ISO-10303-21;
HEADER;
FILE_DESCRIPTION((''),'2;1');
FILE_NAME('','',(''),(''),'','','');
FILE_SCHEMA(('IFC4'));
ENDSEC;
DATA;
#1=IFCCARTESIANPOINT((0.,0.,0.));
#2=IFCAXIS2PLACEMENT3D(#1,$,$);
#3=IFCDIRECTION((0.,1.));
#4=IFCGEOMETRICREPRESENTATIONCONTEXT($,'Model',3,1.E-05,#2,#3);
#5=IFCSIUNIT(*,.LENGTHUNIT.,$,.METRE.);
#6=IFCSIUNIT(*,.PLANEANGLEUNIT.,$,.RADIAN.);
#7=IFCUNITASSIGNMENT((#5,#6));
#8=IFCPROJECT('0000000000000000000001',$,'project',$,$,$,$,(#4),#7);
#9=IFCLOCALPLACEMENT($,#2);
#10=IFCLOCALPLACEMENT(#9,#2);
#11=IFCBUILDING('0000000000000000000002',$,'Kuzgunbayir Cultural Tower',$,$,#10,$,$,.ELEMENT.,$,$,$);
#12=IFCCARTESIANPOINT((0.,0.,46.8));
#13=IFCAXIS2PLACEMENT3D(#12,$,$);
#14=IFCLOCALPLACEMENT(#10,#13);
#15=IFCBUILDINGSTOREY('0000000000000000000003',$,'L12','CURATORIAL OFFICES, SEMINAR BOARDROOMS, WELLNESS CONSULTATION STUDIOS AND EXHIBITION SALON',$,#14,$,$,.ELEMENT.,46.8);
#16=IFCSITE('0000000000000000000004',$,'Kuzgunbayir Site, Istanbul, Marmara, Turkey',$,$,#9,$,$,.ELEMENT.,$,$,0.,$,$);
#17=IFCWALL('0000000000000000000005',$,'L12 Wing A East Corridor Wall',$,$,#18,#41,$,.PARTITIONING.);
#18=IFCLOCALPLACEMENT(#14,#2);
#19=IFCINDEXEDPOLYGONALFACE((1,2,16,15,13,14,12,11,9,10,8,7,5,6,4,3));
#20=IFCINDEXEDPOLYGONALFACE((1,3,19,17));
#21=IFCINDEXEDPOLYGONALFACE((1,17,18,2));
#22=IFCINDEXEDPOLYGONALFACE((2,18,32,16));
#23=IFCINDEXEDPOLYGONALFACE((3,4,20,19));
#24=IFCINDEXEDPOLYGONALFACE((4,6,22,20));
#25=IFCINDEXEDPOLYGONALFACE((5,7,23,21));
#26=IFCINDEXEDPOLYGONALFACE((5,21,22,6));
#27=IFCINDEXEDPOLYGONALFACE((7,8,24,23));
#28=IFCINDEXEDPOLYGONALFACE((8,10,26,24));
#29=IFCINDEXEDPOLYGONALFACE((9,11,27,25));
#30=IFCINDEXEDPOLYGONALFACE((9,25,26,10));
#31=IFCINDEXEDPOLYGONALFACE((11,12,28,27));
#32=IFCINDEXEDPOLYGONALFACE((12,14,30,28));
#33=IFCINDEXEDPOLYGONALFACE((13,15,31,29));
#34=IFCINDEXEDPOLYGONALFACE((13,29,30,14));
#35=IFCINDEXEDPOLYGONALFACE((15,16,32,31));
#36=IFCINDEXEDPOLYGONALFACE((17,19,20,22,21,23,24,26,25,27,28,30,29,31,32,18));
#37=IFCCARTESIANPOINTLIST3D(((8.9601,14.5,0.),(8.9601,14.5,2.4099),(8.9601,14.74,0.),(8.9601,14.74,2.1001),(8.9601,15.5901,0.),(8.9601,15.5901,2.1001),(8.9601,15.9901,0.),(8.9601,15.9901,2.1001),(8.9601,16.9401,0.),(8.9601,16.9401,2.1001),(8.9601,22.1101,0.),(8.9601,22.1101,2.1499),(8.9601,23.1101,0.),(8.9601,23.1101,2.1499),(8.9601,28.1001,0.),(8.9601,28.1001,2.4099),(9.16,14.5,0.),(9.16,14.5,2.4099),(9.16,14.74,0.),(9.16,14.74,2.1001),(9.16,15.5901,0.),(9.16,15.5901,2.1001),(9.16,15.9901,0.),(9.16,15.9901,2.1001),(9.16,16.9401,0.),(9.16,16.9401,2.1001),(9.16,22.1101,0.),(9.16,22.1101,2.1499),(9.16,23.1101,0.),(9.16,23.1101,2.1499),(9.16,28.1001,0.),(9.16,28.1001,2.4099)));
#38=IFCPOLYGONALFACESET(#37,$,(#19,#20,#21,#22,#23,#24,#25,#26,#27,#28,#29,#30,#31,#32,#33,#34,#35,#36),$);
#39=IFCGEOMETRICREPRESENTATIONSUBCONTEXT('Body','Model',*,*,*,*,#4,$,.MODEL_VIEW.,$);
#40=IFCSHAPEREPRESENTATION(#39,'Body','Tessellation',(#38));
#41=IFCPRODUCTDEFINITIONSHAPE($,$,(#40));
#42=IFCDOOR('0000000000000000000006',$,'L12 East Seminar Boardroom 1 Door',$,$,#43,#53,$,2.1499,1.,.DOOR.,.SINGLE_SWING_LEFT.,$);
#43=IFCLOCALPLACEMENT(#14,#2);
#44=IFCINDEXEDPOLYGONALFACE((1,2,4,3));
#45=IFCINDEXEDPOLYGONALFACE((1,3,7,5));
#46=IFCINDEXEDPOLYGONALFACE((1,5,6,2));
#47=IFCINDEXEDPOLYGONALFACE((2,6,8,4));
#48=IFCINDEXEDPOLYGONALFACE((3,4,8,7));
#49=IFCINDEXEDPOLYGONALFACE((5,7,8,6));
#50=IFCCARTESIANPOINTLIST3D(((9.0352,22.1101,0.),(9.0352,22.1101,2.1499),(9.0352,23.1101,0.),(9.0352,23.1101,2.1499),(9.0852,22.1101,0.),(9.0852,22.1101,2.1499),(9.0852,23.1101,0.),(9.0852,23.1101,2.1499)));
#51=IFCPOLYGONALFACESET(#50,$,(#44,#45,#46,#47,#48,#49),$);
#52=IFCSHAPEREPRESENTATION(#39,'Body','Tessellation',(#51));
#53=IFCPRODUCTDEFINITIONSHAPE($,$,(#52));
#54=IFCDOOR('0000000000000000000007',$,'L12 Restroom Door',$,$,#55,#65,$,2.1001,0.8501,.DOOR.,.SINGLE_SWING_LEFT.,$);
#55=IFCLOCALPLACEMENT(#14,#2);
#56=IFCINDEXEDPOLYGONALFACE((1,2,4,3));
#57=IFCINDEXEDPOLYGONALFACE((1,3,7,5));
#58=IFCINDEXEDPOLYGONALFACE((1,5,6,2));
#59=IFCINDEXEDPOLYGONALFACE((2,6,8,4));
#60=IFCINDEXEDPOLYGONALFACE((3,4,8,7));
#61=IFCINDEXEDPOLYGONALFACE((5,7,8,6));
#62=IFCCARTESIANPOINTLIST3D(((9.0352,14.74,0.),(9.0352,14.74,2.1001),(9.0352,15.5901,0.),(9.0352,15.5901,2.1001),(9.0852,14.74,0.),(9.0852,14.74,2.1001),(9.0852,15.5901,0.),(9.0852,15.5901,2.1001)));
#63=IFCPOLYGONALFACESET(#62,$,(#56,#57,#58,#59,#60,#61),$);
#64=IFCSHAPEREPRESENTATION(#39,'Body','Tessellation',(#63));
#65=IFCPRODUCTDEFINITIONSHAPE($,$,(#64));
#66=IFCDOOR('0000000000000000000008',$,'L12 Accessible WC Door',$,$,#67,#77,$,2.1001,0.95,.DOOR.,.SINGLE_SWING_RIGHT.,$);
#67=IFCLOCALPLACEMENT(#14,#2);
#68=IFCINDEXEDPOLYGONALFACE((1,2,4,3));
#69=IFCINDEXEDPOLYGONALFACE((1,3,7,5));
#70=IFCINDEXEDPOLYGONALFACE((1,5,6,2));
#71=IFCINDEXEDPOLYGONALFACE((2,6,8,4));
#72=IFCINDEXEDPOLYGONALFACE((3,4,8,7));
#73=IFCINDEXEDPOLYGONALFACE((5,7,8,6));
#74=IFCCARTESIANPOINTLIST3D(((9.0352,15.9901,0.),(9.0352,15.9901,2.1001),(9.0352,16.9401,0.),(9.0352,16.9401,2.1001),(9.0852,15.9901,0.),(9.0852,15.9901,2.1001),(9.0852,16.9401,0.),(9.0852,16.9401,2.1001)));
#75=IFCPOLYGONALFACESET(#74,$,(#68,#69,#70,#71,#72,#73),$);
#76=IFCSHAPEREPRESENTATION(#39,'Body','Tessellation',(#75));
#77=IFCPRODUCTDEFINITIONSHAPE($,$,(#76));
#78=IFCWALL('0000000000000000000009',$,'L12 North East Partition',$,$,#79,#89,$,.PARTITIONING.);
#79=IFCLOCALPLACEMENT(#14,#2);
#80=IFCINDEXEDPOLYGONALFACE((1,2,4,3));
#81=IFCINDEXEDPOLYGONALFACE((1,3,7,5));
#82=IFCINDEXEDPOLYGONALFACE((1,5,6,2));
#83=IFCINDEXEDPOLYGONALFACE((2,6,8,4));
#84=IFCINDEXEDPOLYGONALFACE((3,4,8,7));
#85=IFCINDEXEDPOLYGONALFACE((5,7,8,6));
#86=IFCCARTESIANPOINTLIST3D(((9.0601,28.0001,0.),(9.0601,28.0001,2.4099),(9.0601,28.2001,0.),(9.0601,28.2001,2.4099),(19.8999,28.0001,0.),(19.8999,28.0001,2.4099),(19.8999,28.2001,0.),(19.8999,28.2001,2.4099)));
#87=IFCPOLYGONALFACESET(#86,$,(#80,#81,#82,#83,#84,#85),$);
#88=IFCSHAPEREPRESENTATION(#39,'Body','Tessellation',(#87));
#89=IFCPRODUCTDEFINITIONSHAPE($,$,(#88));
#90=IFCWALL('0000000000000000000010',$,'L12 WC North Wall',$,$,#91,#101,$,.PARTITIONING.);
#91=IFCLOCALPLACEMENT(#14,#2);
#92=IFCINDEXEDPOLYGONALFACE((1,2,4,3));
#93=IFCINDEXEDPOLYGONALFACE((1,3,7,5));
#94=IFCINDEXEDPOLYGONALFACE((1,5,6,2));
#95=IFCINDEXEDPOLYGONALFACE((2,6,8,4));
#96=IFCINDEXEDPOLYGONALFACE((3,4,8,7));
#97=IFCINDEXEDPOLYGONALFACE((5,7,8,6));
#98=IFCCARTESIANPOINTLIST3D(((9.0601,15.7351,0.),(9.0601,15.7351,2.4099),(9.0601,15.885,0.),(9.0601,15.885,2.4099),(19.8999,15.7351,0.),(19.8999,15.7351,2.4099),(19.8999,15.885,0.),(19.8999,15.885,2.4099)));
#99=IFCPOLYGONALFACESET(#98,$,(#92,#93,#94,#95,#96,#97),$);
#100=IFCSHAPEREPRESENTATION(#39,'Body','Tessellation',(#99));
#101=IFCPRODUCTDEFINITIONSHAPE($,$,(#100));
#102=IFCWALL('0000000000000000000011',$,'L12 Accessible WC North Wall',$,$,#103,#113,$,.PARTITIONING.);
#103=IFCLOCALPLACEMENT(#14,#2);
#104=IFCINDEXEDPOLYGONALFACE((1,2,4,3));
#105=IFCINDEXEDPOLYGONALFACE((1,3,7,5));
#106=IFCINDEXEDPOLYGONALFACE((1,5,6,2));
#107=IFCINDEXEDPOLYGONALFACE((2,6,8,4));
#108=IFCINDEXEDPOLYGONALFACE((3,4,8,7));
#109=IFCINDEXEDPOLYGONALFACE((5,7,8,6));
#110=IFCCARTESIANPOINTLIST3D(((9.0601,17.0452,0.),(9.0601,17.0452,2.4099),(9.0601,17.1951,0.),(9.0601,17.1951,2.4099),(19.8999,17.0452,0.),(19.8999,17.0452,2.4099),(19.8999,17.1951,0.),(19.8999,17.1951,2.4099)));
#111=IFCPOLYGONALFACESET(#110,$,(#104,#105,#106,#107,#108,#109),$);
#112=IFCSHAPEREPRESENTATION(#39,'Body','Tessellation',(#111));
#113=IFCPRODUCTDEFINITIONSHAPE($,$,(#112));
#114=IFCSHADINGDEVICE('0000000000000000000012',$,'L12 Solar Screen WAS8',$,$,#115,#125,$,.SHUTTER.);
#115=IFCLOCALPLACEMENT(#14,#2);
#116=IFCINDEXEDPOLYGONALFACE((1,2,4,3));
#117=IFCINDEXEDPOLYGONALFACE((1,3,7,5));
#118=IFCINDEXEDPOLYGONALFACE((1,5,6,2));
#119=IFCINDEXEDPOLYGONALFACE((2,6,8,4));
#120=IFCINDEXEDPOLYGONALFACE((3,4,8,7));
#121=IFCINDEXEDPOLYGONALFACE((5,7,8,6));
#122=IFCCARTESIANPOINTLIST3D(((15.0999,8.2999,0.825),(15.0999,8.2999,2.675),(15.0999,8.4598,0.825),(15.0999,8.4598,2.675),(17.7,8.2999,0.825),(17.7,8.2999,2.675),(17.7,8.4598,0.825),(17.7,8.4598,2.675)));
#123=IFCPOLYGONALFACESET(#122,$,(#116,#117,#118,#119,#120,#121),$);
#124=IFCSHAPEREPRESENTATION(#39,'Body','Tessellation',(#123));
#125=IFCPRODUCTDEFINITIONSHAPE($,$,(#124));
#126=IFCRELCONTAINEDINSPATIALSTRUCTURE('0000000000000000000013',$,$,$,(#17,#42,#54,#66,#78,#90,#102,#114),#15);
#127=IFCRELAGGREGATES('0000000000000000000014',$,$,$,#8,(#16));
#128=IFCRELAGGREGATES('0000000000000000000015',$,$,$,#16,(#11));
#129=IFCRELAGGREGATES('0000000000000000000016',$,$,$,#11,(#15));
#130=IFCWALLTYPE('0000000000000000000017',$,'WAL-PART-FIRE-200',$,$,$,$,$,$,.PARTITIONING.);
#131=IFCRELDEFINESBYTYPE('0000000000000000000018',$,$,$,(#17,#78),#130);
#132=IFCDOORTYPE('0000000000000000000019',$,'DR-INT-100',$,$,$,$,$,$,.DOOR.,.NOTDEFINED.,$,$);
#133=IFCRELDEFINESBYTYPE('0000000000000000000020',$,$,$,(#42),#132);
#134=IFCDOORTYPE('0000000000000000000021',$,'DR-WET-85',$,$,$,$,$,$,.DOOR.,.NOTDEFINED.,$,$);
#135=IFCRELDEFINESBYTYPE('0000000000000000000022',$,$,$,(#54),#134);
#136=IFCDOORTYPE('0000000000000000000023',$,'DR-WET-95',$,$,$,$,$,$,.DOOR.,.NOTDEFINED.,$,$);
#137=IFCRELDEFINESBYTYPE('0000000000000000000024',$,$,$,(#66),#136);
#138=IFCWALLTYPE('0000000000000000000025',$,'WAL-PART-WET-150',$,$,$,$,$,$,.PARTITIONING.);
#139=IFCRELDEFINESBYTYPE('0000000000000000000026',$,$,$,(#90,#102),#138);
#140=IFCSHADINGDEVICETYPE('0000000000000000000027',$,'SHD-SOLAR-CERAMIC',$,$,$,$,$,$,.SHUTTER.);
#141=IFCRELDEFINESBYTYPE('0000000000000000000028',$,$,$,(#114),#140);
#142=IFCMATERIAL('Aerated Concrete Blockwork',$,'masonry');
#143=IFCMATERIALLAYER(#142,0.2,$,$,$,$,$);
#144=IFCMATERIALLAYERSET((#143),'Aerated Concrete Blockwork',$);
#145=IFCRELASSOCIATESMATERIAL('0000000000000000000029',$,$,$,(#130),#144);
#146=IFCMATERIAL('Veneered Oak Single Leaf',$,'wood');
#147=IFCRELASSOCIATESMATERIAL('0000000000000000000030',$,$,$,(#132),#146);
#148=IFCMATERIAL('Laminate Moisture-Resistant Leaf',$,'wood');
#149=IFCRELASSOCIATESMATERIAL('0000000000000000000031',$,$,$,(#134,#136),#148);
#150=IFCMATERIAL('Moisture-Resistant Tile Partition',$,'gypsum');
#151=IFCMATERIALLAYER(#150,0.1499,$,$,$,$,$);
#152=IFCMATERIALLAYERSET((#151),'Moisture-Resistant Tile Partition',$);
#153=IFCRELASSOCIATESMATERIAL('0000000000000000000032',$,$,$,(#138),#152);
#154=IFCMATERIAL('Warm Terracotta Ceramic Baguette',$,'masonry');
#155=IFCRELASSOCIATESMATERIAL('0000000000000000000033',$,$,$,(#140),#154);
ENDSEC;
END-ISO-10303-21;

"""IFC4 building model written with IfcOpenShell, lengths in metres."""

from ifc_helpers import new_model, si_unit, direction, frame, frame_2d, origin, origin_2d, place, context, subcontext, project, spatial, rectangle, extrude, material, layer, layer_set, type_object, element, fill, save


model = new_model("IFC4")

# Units and contexts
model_context = context("Model", 3, precision=1e-05, world=origin(), true_north=direction((0.0, 1.0)))
body_context = subcontext(model_context, "Body", "Model", "MODEL_VIEW")
ifc_project = project(units=[si_unit("LENGTHUNIT", "METRE"), si_unit("PLANEANGLEUNIT", "RADIAN")], contexts=[model_context])

# Site, building, storey
site_placement = place(None, origin())
site = spatial("IfcSite", under=ifc_project, at=site_placement, Name="Kuzgunbayir Site, Istanbul, Marmara, Turkey", CompositionType="ELEMENT", RefElevation=0.0)
building_placement = place(site_placement, origin())
building = spatial("IfcBuilding", under=site, at=building_placement, Name="Kuzgunbayir Cultural Tower", CompositionType="ELEMENT")
storey_placement = place(building_placement, frame((0.0, 0.0, 46.8)))
storey = spatial("IfcBuildingStorey", under=building, at=storey_placement, Name="L12", Description="CURATORIAL OFFICES, SEMINAR BOARDROOMS, WELLNESS CONSULTATION STUDIOS AND EXHIBITION SALON", CompositionType="ELEMENT", Elevation=46.8)

# Wall, openings, doors
ifc_material_1 = material(Name="Aerated Concrete Blockwork", Category="masonry")
ifc_layer_1 = layer(ifc_material_1, 0.2)
ifc_layer_set_1 = layer_set([ifc_layer_1], Name="Aerated Concrete Blockwork")
wall_type_1 = type_object("IfcWallType", Name="WAL-PART-FIRE-200", PredefinedType="PARTITIONING", material=ifc_layer_set_1)
ifc_material_2 = material(Name="Veneered Oak Single Leaf", Category="wood")
wall_1_placement = place(storey_placement, frame((9.0601, 14.5, 0.0), z_axis=(0.0, 0.0, 1.0), x_axis=(0.0, 1.0, 0.0)))
wall_1 = element("IfcWall", 1, at=wall_1_placement, inside=storey, type_object=wall_type_1, Name="L12 Wing A East Corridor Wall", PredefinedType="PARTITIONING", context=body_context, shape_type="SweptSolid", body=[
    extrude(rectangle(XDim=13.6001, YDim=0.2, at=frame_2d((6.8, 0.0))), origin(), (0.0, 0.0, 1.0), 2.4099),
])
opening_1_placement = place(wall_1_placement, frame((0.24, 0.0, 0.0)))
opening_1 = element("IfcOpeningElement", 2, at=opening_1_placement, cuts=wall_1, PredefinedType="OPENING", context=body_context, shape_type="SweptSolid", body=[
    extrude(rectangle(XDim=0.8501, YDim=2.1001, at=frame_2d((0.425, 1.05))), frame((0.0, 0.1099, 0.0), z_axis=(0.0, -1.0, 0.0), x_axis=(1.0, 0.0, 0.0)), (0.0, 0.0, 1.0), 0.22),
])
opening_2_placement = place(wall_1_placement, frame((1.49, 0.0, 0.0)))
opening_2 = element("IfcOpeningElement", 3, at=opening_2_placement, cuts=wall_1, PredefinedType="OPENING", context=body_context, shape_type="SweptSolid", body=[
    extrude(rectangle(XDim=0.95, YDim=2.1001, at=frame_2d((0.4751, 1.05))), frame((0.0, 0.1099, 0.0), z_axis=(0.0, -1.0, 0.0), x_axis=(1.0, 0.0, 0.0)), (0.0, 0.0, 1.0), 0.22),
])
opening_3_placement = place(wall_1_placement, frame((7.6101, 0.0, 0.0)))
opening_3 = element("IfcOpeningElement", 4, at=opening_3_placement, cuts=wall_1, PredefinedType="OPENING", context=body_context, shape_type="SweptSolid", body=[
    extrude(rectangle(XDim=1.0, YDim=2.1499, at=frame_2d((0.5, 1.075))), frame((0.0, 0.1099, 0.0), z_axis=(0.0, -1.0, 0.0), x_axis=(1.0, 0.0, 0.0)), (0.0, 0.0, 1.0), 0.22),
])
door_type_1 = type_object("IfcDoorType", Name="DR-INT-100", OperationType="NOTDEFINED", PredefinedType="DOOR", material=ifc_material_2)
door_1_placement = place(opening_3_placement, origin())
door_1 = element("IfcDoor", 5, at=door_1_placement, inside=storey, type_object=door_type_1, Name="L12 East Seminar Boardroom 1 Door", OperationType="SINGLE_SWING_LEFT", OverallHeight=2.1499, OverallWidth=1.0, PredefinedType="DOOR", context=body_context, shape_type="SweptSolid", body=[
    extrude(rectangle(XDim=1.0, YDim=2.1499, at=frame_2d((0.5, 1.075))), frame((0.0, 0.0249, 0.0), z_axis=(0.0, -1.0, 0.0), x_axis=(1.0, 0.0, 0.0)), (0.0, 0.0, 1.0), 0.05),
])
fill(opening_3, door_1)
ifc_material_3 = material(Name="Laminate Moisture-Resistant Leaf", Category="wood")
door_type_2 = type_object("IfcDoorType", Name="DR-WET-85", OperationType="NOTDEFINED", PredefinedType="DOOR", material=ifc_material_3)
door_2_placement = place(opening_1_placement, origin())
door_2 = element("IfcDoor", 6, at=door_2_placement, inside=storey, type_object=door_type_2, Name="L12 Restroom Door", OperationType="SINGLE_SWING_LEFT", OverallHeight=2.1001, OverallWidth=0.8501, PredefinedType="DOOR", context=body_context, shape_type="SweptSolid", body=[
    extrude(rectangle(XDim=0.8501, YDim=2.1001, at=frame_2d((0.425, 1.05))), frame((0.0, 0.0249, 0.0), z_axis=(0.0, -1.0, 0.0), x_axis=(1.0, 0.0, 0.0)), (0.0, 0.0, 1.0), 0.05),
])
fill(opening_1, door_2)
door_type_3 = type_object("IfcDoorType", Name="DR-WET-95", OperationType="NOTDEFINED", PredefinedType="DOOR", material=ifc_material_3)
door_3_placement = place(opening_2_placement, origin())
door_3 = element("IfcDoor", 7, at=door_3_placement, inside=storey, type_object=door_type_3, Name="L12 Accessible WC Door", OperationType="SINGLE_SWING_RIGHT", OverallHeight=2.1001, OverallWidth=0.95, PredefinedType="DOOR", context=body_context, shape_type="SweptSolid", body=[
    extrude(rectangle(XDim=0.95, YDim=2.1001, at=frame_2d((0.4751, 1.05))), frame((0.0, 0.0249, 0.0), z_axis=(0.0, -1.0, 0.0), x_axis=(1.0, 0.0, 0.0)), (0.0, 0.0, 1.0), 0.05),
])
fill(opening_2, door_3)

# Walls
wall_2_placement = place(storey_placement, frame((9.0601, 28.1001, 0.0), z_axis=(0.0, 0.0, 1.0), x_axis=(1.0, 0.0, 0.0)))
element("IfcWall", 8, at=wall_2_placement, inside=storey, type_object=wall_type_1, Name="L12 North East Partition", PredefinedType="PARTITIONING", context=body_context, shape_type="SweptSolid", body=[
    extrude(rectangle(XDim=10.8398, YDim=0.2, at=frame_2d((5.4199, 0.0))), origin(), (0.0, 0.0, 1.0), 2.4099),
])
ifc_material_4 = material(Name="Moisture-Resistant Tile Partition", Category="gypsum")
ifc_layer_2 = layer(ifc_material_4, 0.1499)
ifc_layer_set_2 = layer_set([ifc_layer_2], Name="Moisture-Resistant Tile Partition")
wall_type_2 = type_object("IfcWallType", Name="WAL-PART-WET-150", PredefinedType="PARTITIONING", material=ifc_layer_set_2)
for number, where, z_axis, x_axis, name in (
    (9, (9.0601, 15.8101, 0.0), (0.0, 0.0, 1.0), (1.0, 0.0, 0.0), "L12 WC North Wall"),
    (10, (9.0601, 17.1201, 0.0), (0.0, 0.0, 1.0), (1.0, 0.0, 0.0), "L12 Accessible WC North Wall"),
):
    element("IfcWall", number, at=place(storey_placement, frame(where, z_axis=z_axis, x_axis=x_axis)), inside=storey, type_object=wall_type_2, Name=name, PredefinedType="PARTITIONING", context=body_context, shape_type="SweptSolid", body=[
        extrude(rectangle(XDim=10.8398, YDim=0.1499, at=frame_2d((5.4199, 0.0))), origin(), (0.0, 0.0, 1.0), 2.4099),
    ])

# Shading device
ifc_material_5 = material(Name="Warm Terracotta Ceramic Baguette", Category="masonry")
shading_device_type = type_object("IfcShadingDeviceType", Name="SHD-SOLAR-CERAMIC", PredefinedType="SHUTTER", material=ifc_material_5)
shading_device_placement = place(storey_placement, frame((16.3999, 8.3799, 0.825), z_axis=(0.0, 0.0, 1.0), x_axis=(1.0, 0.0, 0.0)))
element("IfcShadingDevice", 11, at=shading_device_placement, inside=storey, type_object=shading_device_type, Name="L12 Solar Screen WAS8", PredefinedType="SHUTTER", context=body_context, shape_type="SweptSolid", body=[
    extrude(rectangle(XDim=2.6001, YDim=0.1599, at=origin_2d()), origin(), (0.0, 0.0, 1.0), 1.8501),
])

save(model, "model.ifc")
